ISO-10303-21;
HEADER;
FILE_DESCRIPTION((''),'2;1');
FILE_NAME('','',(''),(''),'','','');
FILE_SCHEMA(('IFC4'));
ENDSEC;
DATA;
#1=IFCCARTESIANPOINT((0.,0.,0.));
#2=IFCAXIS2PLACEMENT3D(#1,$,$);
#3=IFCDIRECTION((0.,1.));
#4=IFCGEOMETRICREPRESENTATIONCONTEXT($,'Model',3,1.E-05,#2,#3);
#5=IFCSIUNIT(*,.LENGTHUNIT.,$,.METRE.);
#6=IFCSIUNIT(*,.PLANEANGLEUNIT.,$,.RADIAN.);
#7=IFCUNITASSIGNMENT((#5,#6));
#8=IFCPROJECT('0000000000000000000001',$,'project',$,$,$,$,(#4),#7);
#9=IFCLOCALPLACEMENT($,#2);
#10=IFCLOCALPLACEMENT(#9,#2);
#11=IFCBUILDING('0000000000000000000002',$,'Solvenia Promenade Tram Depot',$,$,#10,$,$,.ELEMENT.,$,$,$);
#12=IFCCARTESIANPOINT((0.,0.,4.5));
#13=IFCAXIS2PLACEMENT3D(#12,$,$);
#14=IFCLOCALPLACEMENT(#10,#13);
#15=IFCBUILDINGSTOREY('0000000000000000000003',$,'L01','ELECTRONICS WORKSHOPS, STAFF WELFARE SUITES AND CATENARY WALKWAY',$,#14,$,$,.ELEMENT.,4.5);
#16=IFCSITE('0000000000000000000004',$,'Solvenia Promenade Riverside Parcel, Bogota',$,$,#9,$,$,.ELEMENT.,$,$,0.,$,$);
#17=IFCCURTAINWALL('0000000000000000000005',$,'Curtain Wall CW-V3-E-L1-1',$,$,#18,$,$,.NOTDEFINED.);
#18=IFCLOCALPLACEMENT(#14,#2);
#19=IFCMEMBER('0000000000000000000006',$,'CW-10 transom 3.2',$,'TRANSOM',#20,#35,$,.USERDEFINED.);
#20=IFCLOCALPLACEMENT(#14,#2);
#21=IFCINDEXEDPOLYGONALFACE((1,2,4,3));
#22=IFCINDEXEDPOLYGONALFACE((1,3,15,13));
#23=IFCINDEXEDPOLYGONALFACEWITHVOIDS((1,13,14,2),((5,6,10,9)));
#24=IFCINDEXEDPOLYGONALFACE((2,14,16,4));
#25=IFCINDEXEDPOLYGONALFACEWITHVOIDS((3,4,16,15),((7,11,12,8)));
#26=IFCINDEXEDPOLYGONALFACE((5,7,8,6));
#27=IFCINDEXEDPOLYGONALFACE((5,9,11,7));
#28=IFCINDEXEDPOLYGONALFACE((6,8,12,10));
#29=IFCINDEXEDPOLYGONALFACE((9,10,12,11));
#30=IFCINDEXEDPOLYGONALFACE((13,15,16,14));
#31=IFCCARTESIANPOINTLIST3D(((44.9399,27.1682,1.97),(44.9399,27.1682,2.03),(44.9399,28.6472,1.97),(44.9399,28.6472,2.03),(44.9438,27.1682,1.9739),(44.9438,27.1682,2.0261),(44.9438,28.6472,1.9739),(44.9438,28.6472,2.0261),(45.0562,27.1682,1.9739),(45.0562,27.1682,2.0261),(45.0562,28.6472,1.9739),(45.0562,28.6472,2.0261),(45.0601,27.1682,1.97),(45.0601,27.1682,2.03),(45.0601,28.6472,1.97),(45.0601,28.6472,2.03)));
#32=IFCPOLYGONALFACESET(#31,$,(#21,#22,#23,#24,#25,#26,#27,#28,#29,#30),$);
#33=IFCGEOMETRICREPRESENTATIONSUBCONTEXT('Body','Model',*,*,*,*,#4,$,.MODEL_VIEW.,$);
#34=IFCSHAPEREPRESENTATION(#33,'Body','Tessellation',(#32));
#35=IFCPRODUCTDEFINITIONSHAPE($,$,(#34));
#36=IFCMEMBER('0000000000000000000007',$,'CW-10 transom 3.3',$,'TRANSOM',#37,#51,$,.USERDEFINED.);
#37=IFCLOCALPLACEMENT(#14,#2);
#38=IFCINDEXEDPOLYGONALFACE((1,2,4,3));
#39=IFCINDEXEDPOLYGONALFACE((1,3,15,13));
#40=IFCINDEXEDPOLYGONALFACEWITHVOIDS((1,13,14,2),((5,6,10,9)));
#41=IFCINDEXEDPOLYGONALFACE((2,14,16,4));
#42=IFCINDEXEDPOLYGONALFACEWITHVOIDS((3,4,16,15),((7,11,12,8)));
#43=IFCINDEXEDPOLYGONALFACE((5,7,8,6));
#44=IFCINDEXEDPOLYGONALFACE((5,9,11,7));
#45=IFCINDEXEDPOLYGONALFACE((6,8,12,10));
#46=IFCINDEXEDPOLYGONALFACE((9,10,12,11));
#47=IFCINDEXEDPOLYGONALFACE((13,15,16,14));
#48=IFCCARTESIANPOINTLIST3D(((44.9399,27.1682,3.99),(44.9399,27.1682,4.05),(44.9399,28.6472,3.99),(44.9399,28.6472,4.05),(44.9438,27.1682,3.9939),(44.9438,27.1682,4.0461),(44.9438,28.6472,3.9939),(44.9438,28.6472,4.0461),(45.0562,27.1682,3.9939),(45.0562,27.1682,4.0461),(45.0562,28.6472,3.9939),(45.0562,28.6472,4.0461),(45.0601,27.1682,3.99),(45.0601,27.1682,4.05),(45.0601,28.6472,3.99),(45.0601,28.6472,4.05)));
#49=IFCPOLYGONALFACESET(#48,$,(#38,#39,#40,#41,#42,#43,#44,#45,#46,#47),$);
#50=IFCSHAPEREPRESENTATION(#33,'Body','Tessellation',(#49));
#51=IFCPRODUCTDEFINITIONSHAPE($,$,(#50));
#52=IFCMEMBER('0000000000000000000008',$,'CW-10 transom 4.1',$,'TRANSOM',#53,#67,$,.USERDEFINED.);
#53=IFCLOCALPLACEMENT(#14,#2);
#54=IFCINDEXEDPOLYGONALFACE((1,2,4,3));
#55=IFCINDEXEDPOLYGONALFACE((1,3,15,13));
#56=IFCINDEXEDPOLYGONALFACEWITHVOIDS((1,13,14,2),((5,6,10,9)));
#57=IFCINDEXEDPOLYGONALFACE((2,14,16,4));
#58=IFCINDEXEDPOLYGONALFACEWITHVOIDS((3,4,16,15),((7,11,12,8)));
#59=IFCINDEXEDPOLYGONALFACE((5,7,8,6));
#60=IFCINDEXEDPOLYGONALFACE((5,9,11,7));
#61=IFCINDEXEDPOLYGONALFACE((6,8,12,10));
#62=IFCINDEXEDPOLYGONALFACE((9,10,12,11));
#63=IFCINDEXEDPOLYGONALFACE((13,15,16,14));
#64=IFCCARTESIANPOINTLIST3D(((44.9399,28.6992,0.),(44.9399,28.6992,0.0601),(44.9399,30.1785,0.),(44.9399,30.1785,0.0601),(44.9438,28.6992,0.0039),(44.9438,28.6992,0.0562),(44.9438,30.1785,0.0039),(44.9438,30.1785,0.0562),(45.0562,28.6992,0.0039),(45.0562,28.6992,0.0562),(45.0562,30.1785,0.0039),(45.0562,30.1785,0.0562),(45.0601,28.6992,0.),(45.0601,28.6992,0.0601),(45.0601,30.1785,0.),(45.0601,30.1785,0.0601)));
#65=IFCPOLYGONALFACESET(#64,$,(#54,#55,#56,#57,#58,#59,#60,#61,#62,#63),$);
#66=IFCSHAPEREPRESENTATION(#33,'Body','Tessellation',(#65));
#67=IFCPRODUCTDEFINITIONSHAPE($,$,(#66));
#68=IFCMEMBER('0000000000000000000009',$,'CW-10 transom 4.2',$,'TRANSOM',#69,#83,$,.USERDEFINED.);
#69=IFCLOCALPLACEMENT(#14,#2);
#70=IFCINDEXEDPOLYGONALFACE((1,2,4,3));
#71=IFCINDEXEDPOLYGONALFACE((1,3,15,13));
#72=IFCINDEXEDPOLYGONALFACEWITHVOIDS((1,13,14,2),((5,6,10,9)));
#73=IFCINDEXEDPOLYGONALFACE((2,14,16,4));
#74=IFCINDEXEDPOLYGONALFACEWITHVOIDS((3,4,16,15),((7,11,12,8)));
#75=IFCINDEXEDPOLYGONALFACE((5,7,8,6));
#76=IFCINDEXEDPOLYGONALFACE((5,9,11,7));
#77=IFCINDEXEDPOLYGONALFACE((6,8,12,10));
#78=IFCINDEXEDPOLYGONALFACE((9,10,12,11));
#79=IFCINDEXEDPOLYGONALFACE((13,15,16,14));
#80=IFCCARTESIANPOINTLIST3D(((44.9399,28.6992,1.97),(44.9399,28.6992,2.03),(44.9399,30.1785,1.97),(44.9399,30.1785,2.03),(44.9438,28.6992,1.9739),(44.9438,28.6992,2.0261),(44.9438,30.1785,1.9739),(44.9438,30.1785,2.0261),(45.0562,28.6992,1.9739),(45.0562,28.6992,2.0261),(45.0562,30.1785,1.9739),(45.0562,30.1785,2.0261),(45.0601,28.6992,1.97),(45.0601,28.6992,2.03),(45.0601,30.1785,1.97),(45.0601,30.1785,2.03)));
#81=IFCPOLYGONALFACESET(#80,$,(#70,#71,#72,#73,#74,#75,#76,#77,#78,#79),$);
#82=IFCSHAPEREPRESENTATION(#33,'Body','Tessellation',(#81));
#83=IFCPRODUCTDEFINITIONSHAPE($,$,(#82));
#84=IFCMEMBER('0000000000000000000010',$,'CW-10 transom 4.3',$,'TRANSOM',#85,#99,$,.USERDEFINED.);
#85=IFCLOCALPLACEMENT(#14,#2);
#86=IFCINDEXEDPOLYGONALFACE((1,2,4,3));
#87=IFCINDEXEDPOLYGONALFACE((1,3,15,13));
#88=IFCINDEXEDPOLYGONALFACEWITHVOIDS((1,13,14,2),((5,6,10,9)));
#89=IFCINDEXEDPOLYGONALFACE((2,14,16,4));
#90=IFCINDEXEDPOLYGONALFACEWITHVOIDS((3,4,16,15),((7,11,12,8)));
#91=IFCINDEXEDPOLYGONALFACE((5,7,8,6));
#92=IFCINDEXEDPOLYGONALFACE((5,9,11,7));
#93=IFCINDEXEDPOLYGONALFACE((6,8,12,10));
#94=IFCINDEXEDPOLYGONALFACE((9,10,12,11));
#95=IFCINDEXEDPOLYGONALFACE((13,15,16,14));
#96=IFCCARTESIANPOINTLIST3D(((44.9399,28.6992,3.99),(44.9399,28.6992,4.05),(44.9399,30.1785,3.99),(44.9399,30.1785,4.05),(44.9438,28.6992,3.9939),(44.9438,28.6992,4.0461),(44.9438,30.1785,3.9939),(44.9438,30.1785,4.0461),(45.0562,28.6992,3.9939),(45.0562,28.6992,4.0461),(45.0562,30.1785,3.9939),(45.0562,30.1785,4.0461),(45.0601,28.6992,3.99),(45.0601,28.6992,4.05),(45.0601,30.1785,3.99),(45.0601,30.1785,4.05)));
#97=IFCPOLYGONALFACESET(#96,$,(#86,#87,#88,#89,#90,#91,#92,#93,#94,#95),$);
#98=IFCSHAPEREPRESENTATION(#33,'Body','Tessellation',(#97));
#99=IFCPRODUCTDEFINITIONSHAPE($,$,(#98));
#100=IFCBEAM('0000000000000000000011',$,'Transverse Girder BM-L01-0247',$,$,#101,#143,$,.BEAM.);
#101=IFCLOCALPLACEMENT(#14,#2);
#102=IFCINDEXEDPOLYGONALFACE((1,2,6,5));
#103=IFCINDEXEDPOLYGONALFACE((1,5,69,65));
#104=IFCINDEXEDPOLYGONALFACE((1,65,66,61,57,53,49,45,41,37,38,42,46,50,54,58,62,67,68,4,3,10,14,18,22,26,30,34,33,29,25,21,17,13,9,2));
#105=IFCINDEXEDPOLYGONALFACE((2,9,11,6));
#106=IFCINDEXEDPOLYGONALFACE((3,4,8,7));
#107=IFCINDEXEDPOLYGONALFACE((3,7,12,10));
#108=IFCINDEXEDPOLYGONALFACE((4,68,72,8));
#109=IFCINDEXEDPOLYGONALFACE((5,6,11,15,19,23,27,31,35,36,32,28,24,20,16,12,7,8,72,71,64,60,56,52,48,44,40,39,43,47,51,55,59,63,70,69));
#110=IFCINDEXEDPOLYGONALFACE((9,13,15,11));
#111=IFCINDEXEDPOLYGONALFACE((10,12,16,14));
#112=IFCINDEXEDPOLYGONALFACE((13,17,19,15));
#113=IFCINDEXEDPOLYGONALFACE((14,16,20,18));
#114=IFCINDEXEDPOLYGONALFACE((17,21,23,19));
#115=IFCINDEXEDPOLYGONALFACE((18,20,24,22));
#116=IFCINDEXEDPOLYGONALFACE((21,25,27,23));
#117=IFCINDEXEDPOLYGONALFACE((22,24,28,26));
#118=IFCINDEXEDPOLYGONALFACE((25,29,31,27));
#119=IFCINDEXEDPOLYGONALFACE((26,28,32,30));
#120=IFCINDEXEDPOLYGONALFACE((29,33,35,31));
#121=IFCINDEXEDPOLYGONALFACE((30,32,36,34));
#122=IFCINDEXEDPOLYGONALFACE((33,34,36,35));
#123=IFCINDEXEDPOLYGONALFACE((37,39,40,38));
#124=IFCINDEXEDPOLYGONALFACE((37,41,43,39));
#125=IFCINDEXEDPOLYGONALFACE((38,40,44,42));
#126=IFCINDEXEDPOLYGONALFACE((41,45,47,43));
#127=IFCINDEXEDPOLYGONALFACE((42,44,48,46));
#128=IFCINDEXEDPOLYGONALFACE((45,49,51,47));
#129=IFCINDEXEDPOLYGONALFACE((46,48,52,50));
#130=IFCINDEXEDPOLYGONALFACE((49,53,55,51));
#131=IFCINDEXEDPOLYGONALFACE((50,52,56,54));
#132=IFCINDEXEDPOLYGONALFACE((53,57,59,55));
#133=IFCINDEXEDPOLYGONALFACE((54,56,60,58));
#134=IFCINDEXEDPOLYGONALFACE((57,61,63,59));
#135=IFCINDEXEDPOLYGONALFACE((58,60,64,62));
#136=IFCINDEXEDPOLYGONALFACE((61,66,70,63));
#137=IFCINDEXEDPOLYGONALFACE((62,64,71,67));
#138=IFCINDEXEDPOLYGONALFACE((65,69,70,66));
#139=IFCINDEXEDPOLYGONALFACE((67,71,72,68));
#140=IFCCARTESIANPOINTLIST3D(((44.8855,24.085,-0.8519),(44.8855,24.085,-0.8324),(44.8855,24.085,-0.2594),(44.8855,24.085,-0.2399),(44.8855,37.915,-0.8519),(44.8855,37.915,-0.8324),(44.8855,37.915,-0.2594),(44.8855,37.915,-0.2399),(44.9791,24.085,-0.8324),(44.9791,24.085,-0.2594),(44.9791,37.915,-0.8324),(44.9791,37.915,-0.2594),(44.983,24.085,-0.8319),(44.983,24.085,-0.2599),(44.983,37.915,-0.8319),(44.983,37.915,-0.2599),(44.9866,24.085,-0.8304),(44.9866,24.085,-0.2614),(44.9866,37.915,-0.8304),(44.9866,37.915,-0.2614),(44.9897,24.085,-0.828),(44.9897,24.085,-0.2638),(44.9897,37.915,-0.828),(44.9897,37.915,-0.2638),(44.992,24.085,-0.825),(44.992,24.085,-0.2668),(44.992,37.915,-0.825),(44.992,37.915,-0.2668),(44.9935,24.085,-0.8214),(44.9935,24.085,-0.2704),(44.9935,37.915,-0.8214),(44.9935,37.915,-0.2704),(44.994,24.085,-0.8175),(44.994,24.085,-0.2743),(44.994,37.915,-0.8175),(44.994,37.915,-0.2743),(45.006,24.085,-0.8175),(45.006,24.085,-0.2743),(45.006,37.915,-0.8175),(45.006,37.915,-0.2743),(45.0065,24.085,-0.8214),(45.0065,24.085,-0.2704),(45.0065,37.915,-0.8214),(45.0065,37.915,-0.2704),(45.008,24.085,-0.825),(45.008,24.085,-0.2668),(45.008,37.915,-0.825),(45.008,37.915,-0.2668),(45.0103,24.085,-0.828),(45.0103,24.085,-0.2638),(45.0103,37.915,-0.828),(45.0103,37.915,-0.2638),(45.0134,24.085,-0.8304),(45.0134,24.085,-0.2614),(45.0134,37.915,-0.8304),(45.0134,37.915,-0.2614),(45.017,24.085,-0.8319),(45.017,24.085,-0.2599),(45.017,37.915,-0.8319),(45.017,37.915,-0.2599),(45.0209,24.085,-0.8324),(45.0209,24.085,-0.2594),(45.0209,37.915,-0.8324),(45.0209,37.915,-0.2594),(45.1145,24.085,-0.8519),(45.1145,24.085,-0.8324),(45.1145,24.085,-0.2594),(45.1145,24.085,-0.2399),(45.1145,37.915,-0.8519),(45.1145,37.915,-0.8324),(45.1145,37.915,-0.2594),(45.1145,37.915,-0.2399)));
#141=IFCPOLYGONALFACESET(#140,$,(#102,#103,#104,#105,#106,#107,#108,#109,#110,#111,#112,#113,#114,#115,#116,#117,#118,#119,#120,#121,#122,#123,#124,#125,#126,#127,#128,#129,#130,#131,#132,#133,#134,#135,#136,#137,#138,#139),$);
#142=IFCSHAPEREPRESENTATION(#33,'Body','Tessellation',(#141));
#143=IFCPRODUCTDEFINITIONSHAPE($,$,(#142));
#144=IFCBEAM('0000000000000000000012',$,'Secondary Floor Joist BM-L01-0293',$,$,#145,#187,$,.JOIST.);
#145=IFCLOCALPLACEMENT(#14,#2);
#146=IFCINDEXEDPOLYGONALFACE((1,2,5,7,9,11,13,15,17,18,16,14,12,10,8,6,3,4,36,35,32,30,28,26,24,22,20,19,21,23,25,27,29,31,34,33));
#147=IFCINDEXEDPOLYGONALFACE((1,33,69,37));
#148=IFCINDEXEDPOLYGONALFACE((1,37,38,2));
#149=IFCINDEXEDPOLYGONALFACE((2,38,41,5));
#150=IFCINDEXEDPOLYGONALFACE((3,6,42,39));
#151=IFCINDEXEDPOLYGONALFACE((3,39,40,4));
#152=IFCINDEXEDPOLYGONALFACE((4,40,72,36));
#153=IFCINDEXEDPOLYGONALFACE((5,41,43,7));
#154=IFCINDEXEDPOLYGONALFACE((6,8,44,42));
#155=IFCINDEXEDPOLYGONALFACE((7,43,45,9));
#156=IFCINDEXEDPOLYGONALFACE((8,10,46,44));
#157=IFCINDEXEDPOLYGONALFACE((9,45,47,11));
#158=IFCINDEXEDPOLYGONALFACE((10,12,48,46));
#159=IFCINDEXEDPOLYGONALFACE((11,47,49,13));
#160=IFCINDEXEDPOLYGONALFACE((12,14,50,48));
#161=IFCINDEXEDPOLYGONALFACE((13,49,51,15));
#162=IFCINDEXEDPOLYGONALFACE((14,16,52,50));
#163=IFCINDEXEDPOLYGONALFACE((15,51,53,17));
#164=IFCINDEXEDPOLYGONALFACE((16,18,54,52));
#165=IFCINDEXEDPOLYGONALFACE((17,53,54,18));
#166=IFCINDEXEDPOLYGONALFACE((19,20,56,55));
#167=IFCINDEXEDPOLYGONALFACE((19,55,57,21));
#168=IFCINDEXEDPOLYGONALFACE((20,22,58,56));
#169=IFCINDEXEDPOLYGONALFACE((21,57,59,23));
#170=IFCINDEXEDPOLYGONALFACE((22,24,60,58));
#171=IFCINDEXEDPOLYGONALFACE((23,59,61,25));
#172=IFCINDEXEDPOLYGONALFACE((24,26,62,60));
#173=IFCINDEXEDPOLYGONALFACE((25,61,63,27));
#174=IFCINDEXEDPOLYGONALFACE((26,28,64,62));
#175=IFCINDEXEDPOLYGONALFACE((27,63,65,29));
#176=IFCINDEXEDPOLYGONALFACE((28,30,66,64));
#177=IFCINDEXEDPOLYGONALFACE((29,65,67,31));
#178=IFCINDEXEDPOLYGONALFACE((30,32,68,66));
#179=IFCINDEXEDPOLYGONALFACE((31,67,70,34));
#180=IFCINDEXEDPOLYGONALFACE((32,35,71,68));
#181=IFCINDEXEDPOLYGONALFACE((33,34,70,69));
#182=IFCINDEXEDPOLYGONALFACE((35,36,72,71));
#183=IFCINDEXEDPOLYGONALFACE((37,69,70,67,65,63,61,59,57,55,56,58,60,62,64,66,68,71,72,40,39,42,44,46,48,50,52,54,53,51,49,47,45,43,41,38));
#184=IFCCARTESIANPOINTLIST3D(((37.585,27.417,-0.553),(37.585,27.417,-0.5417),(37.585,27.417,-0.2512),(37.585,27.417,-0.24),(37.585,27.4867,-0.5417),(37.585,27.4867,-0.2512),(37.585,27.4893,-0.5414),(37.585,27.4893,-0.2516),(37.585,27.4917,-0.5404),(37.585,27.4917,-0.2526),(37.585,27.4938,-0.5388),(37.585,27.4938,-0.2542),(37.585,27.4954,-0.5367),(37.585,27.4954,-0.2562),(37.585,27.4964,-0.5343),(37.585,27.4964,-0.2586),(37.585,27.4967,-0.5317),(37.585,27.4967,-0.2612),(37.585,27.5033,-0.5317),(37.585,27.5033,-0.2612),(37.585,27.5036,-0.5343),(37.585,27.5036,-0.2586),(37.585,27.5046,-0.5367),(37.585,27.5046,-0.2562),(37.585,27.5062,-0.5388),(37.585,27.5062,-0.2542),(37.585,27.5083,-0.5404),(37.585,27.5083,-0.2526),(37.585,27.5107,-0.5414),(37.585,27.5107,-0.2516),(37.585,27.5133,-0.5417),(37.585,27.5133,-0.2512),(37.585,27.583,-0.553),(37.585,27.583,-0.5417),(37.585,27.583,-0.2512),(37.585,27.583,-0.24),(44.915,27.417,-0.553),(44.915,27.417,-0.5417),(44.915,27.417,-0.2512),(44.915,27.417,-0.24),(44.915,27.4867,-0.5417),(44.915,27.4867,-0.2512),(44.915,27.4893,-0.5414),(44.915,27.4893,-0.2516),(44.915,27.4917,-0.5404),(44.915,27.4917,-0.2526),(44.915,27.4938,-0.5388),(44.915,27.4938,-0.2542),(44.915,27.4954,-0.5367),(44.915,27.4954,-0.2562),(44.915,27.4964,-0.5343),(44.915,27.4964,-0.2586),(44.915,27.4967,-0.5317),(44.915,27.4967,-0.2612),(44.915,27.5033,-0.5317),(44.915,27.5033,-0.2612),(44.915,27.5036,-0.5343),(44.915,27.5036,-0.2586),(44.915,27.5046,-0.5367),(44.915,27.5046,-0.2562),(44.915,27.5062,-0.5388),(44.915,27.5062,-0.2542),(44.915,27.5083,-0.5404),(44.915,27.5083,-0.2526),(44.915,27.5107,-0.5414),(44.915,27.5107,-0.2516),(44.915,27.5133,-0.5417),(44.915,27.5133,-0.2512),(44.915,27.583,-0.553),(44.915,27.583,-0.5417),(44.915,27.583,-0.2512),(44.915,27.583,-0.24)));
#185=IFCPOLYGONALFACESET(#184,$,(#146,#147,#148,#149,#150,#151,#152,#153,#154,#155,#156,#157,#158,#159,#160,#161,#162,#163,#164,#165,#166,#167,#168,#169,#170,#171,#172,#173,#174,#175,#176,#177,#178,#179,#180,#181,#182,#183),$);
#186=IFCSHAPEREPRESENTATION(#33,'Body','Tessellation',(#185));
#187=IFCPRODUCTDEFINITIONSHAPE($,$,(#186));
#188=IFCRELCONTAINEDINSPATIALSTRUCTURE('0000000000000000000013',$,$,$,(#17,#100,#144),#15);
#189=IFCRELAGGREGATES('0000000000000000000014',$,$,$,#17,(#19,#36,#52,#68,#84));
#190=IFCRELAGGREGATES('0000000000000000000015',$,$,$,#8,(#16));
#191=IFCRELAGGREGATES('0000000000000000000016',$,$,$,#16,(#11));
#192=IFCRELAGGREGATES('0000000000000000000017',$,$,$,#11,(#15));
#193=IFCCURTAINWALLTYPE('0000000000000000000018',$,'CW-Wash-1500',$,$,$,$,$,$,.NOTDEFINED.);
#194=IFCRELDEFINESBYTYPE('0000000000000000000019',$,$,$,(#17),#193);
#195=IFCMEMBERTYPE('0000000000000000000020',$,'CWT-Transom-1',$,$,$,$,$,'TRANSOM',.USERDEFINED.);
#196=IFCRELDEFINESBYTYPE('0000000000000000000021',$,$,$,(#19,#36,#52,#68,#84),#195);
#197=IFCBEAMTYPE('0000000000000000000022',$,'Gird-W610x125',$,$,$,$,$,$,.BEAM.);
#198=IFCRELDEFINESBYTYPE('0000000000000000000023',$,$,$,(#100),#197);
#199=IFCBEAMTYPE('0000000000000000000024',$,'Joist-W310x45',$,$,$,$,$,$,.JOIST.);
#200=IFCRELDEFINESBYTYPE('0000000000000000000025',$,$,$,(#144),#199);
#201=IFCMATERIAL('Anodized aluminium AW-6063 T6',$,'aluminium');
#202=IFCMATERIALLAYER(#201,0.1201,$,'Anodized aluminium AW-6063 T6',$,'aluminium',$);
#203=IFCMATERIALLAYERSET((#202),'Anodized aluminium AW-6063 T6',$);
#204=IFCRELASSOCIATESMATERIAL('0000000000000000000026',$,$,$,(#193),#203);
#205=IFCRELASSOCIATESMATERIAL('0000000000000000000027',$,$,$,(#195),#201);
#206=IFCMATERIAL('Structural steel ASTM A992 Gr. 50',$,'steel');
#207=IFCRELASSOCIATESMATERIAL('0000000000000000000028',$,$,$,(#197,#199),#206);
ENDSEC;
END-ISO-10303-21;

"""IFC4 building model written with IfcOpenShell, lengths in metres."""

from ifc_helpers import new_model, si_unit, direction, frame, origin, origin_2d, place, context, subcontext, project, spatial, hollow_rectangle, i_section, extrude, material, layer, layer_set, material_profile, profile_set, type_object, element, aggregate, save


model = new_model("IFC4")

# Units and contexts
model_context = context("Model", 3, precision=1e-05, world=origin(), true_north=direction((0.0, 1.0)))
body_context = subcontext(model_context, "Body", "Model", "MODEL_VIEW")
ifc_project = project(units=[si_unit("LENGTHUNIT", "METRE"), si_unit("PLANEANGLEUNIT", "RADIAN")], contexts=[model_context])

# Site, building, storey
site_placement = place(None, origin())
site = spatial("IfcSite", under=ifc_project, at=site_placement, Name="Solvenia Promenade Riverside Parcel, Bogota", CompositionType="ELEMENT", RefElevation=0.0)
building_placement = place(site_placement, origin())
building = spatial("IfcBuilding", under=site, at=building_placement, Name="Solvenia Promenade Tram Depot", CompositionType="ELEMENT")
storey_placement = place(building_placement, frame((0.0, 0.0, 4.5)))
storey = spatial("IfcBuildingStorey", under=building, at=storey_placement, Name="L01", Description="ELECTRONICS WORKSHOPS, STAFF WELFARE SUITES AND CATENARY WALKWAY", CompositionType="ELEMENT", Elevation=4.5)

# Curtain wall, members
ifc_material_1 = material(Name="Anodized aluminium AW-6063 T6", Category="aluminium")
ifc_layer_1 = layer(ifc_material_1, 0.1201, Name="Anodized aluminium AW-6063 T6", Category="aluminium")
ifc_layer_set_1 = layer_set([ifc_layer_1], Name="Anodized aluminium AW-6063 T6")
curtain_wall_type = type_object("IfcCurtainWallType", Name="CW-Wash-1500", PredefinedType="NOTDEFINED", material=ifc_layer_set_1)
curtain_wall_placement = place(storey_placement, origin())
curtain_wall = element("IfcCurtainWall", 1, at=curtain_wall_placement, inside=storey, type_object=curtain_wall_type, Name="Curtain Wall CW-V3-E-L1-1", PredefinedType="NOTDEFINED")
ifc_material_profile_1 = material_profile(ifc_material_1, hollow_rectangle(XDim=0.1201, YDim=0.0601, WallThickness=0.0039, at=origin_2d()), Name="ALU-T1", Category="aluminium")
ifc_profile_set_1 = profile_set([ifc_material_profile_1], Name="Anodized aluminium AW-6063 T6")
member_type_1 = type_object("IfcMemberType", Name="CWT-Transom-1", ElementType="TRANSOM", PredefinedType="USERDEFINED", material=ifc_profile_set_1)
member_1_placement = place(storey_placement, frame((45.0, 27.1682, 2.0), z_axis=(0.0, 1.0, 0.0), x_axis=(-1.0, 0.0, 0.0)))
member_1 = element("IfcMember", 2, at=member_1_placement, type_object=member_type_1, Name="CW-10 transom 3.2", ObjectType="TRANSOM", PredefinedType="USERDEFINED", context=body_context, shape_type="SweptSolid", body=[
    extrude(hollow_rectangle(XDim=0.1201, YDim=0.0601, WallThickness=0.0039, at=origin_2d()), origin(), (0.0, 0.0, 1.0), 1.479),
])
member_2_placement = place(storey_placement, frame((45.0, 27.1682, 4.02), z_axis=(0.0, 1.0, 0.0), x_axis=(-1.0, 0.0, 0.0)))
member_2 = element("IfcMember", 3, at=member_2_placement, type_object=member_type_1, Name="CW-10 transom 3.3", ObjectType="TRANSOM", PredefinedType="USERDEFINED", context=body_context, shape_type="SweptSolid", body=[
    extrude(hollow_rectangle(XDim=0.1201, YDim=0.0601, WallThickness=0.0039, at=origin_2d()), origin(), (0.0, 0.0, 1.0), 1.479),
])
member_3_placement = place(storey_placement, frame((45.0, 28.6992, 0.03), z_axis=(0.0, 1.0, 0.0), x_axis=(-1.0, 0.0, 0.0)))
member_3 = element("IfcMember", 4, at=member_3_placement, type_object=member_type_1, Name="CW-10 transom 4.1", ObjectType="TRANSOM", PredefinedType="USERDEFINED", context=body_context, shape_type="SweptSolid", body=[
    extrude(hollow_rectangle(XDim=0.1201, YDim=0.0601, WallThickness=0.0039, at=origin_2d()), origin(), (0.0, 0.0, 1.0), 1.4792),
])
member_4_placement = place(storey_placement, frame((45.0, 28.6992, 2.0), z_axis=(0.0, 1.0, 0.0), x_axis=(-1.0, 0.0, 0.0)))
member_4 = element("IfcMember", 5, at=member_4_placement, type_object=member_type_1, Name="CW-10 transom 4.2", ObjectType="TRANSOM", PredefinedType="USERDEFINED", context=body_context, shape_type="SweptSolid", body=[
    extrude(hollow_rectangle(XDim=0.1201, YDim=0.0601, WallThickness=0.0039, at=origin_2d()), origin(), (0.0, 0.0, 1.0), 1.4792),
])
member_5_placement = place(storey_placement, frame((45.0, 28.6992, 4.02), z_axis=(0.0, 1.0, 0.0), x_axis=(-1.0, 0.0, 0.0)))
member_5 = element("IfcMember", 6, at=member_5_placement, type_object=member_type_1, Name="CW-10 transom 4.3", ObjectType="TRANSOM", PredefinedType="USERDEFINED", context=body_context, shape_type="SweptSolid", body=[
    extrude(hollow_rectangle(XDim=0.1201, YDim=0.0601, WallThickness=0.0039, at=origin_2d()), origin(), (0.0, 0.0, 1.0), 1.4792),
])

# Beams
ifc_material_2 = material(Name="Structural steel ASTM A992 Gr. 50", Category="steel")
ifc_material_profile_2 = material_profile(ifc_material_2, i_section(OverallWidth=0.229, OverallDepth=0.6121, WebThickness=0.012, FlangeThickness=0.0195, FilletRadius=0.0149, at=origin_2d()), Name="W610x125", Category="steel")
ifc_profile_set_2 = profile_set([ifc_material_profile_2], Name="Structural steel ASTM A992 Gr. 50")
beam_type_1 = type_object("IfcBeamType", Name="Gird-W610x125", PredefinedType="BEAM", material=ifc_profile_set_2)
beam_1_placement = place(storey_placement, frame((45.0, 24.085, -0.5459), z_axis=(0.0, 1.0, 0.0), x_axis=(-1.0, 0.0, 0.0)))
element("IfcBeam", 7, at=beam_1_placement, inside=storey, type_object=beam_type_1, Name="Transverse Girder BM-L01-0247", PredefinedType="BEAM", context=body_context, shape_type="SweptSolid", body=[
    extrude(i_section(OverallWidth=0.229, OverallDepth=0.6121, WebThickness=0.012, FlangeThickness=0.0195, FilletRadius=0.0149, at=origin_2d()), origin(), (0.0, 0.0, 1.0), 13.8301),
])
ifc_material_profile_3 = material_profile(ifc_material_2, i_section(OverallWidth=0.166, OverallDepth=0.313, WebThickness=0.0066, FlangeThickness=0.0112, FilletRadius=0.01, at=origin_2d()), Name="W310x45", Category="steel")
ifc_profile_set_3 = profile_set([ifc_material_profile_3], Name="Structural steel ASTM A992 Gr. 50")
beam_type_2 = type_object("IfcBeamType", Name="Joist-W310x45", PredefinedType="JOIST", material=ifc_profile_set_3)
beam_2_placement = place(storey_placement, frame((37.585, 27.5, -0.3965), z_axis=(1.0, 0.0, 0.0), x_axis=(0.0, 1.0, 0.0)))
element("IfcBeam", 8, at=beam_2_placement, inside=storey, type_object=beam_type_2, Name="Secondary Floor Joist BM-L01-0293", PredefinedType="JOIST", context=body_context, shape_type="SweptSolid", body=[
    extrude(i_section(OverallWidth=0.166, OverallDepth=0.313, WebThickness=0.0066, FlangeThickness=0.0112, FilletRadius=0.01, at=origin_2d()), origin(), (0.0, 0.0, 1.0), 7.3301),
])

aggregate(curtain_wall, [member_1, member_2, member_3, member_4, member_5])

save(model, "model.ifc")
